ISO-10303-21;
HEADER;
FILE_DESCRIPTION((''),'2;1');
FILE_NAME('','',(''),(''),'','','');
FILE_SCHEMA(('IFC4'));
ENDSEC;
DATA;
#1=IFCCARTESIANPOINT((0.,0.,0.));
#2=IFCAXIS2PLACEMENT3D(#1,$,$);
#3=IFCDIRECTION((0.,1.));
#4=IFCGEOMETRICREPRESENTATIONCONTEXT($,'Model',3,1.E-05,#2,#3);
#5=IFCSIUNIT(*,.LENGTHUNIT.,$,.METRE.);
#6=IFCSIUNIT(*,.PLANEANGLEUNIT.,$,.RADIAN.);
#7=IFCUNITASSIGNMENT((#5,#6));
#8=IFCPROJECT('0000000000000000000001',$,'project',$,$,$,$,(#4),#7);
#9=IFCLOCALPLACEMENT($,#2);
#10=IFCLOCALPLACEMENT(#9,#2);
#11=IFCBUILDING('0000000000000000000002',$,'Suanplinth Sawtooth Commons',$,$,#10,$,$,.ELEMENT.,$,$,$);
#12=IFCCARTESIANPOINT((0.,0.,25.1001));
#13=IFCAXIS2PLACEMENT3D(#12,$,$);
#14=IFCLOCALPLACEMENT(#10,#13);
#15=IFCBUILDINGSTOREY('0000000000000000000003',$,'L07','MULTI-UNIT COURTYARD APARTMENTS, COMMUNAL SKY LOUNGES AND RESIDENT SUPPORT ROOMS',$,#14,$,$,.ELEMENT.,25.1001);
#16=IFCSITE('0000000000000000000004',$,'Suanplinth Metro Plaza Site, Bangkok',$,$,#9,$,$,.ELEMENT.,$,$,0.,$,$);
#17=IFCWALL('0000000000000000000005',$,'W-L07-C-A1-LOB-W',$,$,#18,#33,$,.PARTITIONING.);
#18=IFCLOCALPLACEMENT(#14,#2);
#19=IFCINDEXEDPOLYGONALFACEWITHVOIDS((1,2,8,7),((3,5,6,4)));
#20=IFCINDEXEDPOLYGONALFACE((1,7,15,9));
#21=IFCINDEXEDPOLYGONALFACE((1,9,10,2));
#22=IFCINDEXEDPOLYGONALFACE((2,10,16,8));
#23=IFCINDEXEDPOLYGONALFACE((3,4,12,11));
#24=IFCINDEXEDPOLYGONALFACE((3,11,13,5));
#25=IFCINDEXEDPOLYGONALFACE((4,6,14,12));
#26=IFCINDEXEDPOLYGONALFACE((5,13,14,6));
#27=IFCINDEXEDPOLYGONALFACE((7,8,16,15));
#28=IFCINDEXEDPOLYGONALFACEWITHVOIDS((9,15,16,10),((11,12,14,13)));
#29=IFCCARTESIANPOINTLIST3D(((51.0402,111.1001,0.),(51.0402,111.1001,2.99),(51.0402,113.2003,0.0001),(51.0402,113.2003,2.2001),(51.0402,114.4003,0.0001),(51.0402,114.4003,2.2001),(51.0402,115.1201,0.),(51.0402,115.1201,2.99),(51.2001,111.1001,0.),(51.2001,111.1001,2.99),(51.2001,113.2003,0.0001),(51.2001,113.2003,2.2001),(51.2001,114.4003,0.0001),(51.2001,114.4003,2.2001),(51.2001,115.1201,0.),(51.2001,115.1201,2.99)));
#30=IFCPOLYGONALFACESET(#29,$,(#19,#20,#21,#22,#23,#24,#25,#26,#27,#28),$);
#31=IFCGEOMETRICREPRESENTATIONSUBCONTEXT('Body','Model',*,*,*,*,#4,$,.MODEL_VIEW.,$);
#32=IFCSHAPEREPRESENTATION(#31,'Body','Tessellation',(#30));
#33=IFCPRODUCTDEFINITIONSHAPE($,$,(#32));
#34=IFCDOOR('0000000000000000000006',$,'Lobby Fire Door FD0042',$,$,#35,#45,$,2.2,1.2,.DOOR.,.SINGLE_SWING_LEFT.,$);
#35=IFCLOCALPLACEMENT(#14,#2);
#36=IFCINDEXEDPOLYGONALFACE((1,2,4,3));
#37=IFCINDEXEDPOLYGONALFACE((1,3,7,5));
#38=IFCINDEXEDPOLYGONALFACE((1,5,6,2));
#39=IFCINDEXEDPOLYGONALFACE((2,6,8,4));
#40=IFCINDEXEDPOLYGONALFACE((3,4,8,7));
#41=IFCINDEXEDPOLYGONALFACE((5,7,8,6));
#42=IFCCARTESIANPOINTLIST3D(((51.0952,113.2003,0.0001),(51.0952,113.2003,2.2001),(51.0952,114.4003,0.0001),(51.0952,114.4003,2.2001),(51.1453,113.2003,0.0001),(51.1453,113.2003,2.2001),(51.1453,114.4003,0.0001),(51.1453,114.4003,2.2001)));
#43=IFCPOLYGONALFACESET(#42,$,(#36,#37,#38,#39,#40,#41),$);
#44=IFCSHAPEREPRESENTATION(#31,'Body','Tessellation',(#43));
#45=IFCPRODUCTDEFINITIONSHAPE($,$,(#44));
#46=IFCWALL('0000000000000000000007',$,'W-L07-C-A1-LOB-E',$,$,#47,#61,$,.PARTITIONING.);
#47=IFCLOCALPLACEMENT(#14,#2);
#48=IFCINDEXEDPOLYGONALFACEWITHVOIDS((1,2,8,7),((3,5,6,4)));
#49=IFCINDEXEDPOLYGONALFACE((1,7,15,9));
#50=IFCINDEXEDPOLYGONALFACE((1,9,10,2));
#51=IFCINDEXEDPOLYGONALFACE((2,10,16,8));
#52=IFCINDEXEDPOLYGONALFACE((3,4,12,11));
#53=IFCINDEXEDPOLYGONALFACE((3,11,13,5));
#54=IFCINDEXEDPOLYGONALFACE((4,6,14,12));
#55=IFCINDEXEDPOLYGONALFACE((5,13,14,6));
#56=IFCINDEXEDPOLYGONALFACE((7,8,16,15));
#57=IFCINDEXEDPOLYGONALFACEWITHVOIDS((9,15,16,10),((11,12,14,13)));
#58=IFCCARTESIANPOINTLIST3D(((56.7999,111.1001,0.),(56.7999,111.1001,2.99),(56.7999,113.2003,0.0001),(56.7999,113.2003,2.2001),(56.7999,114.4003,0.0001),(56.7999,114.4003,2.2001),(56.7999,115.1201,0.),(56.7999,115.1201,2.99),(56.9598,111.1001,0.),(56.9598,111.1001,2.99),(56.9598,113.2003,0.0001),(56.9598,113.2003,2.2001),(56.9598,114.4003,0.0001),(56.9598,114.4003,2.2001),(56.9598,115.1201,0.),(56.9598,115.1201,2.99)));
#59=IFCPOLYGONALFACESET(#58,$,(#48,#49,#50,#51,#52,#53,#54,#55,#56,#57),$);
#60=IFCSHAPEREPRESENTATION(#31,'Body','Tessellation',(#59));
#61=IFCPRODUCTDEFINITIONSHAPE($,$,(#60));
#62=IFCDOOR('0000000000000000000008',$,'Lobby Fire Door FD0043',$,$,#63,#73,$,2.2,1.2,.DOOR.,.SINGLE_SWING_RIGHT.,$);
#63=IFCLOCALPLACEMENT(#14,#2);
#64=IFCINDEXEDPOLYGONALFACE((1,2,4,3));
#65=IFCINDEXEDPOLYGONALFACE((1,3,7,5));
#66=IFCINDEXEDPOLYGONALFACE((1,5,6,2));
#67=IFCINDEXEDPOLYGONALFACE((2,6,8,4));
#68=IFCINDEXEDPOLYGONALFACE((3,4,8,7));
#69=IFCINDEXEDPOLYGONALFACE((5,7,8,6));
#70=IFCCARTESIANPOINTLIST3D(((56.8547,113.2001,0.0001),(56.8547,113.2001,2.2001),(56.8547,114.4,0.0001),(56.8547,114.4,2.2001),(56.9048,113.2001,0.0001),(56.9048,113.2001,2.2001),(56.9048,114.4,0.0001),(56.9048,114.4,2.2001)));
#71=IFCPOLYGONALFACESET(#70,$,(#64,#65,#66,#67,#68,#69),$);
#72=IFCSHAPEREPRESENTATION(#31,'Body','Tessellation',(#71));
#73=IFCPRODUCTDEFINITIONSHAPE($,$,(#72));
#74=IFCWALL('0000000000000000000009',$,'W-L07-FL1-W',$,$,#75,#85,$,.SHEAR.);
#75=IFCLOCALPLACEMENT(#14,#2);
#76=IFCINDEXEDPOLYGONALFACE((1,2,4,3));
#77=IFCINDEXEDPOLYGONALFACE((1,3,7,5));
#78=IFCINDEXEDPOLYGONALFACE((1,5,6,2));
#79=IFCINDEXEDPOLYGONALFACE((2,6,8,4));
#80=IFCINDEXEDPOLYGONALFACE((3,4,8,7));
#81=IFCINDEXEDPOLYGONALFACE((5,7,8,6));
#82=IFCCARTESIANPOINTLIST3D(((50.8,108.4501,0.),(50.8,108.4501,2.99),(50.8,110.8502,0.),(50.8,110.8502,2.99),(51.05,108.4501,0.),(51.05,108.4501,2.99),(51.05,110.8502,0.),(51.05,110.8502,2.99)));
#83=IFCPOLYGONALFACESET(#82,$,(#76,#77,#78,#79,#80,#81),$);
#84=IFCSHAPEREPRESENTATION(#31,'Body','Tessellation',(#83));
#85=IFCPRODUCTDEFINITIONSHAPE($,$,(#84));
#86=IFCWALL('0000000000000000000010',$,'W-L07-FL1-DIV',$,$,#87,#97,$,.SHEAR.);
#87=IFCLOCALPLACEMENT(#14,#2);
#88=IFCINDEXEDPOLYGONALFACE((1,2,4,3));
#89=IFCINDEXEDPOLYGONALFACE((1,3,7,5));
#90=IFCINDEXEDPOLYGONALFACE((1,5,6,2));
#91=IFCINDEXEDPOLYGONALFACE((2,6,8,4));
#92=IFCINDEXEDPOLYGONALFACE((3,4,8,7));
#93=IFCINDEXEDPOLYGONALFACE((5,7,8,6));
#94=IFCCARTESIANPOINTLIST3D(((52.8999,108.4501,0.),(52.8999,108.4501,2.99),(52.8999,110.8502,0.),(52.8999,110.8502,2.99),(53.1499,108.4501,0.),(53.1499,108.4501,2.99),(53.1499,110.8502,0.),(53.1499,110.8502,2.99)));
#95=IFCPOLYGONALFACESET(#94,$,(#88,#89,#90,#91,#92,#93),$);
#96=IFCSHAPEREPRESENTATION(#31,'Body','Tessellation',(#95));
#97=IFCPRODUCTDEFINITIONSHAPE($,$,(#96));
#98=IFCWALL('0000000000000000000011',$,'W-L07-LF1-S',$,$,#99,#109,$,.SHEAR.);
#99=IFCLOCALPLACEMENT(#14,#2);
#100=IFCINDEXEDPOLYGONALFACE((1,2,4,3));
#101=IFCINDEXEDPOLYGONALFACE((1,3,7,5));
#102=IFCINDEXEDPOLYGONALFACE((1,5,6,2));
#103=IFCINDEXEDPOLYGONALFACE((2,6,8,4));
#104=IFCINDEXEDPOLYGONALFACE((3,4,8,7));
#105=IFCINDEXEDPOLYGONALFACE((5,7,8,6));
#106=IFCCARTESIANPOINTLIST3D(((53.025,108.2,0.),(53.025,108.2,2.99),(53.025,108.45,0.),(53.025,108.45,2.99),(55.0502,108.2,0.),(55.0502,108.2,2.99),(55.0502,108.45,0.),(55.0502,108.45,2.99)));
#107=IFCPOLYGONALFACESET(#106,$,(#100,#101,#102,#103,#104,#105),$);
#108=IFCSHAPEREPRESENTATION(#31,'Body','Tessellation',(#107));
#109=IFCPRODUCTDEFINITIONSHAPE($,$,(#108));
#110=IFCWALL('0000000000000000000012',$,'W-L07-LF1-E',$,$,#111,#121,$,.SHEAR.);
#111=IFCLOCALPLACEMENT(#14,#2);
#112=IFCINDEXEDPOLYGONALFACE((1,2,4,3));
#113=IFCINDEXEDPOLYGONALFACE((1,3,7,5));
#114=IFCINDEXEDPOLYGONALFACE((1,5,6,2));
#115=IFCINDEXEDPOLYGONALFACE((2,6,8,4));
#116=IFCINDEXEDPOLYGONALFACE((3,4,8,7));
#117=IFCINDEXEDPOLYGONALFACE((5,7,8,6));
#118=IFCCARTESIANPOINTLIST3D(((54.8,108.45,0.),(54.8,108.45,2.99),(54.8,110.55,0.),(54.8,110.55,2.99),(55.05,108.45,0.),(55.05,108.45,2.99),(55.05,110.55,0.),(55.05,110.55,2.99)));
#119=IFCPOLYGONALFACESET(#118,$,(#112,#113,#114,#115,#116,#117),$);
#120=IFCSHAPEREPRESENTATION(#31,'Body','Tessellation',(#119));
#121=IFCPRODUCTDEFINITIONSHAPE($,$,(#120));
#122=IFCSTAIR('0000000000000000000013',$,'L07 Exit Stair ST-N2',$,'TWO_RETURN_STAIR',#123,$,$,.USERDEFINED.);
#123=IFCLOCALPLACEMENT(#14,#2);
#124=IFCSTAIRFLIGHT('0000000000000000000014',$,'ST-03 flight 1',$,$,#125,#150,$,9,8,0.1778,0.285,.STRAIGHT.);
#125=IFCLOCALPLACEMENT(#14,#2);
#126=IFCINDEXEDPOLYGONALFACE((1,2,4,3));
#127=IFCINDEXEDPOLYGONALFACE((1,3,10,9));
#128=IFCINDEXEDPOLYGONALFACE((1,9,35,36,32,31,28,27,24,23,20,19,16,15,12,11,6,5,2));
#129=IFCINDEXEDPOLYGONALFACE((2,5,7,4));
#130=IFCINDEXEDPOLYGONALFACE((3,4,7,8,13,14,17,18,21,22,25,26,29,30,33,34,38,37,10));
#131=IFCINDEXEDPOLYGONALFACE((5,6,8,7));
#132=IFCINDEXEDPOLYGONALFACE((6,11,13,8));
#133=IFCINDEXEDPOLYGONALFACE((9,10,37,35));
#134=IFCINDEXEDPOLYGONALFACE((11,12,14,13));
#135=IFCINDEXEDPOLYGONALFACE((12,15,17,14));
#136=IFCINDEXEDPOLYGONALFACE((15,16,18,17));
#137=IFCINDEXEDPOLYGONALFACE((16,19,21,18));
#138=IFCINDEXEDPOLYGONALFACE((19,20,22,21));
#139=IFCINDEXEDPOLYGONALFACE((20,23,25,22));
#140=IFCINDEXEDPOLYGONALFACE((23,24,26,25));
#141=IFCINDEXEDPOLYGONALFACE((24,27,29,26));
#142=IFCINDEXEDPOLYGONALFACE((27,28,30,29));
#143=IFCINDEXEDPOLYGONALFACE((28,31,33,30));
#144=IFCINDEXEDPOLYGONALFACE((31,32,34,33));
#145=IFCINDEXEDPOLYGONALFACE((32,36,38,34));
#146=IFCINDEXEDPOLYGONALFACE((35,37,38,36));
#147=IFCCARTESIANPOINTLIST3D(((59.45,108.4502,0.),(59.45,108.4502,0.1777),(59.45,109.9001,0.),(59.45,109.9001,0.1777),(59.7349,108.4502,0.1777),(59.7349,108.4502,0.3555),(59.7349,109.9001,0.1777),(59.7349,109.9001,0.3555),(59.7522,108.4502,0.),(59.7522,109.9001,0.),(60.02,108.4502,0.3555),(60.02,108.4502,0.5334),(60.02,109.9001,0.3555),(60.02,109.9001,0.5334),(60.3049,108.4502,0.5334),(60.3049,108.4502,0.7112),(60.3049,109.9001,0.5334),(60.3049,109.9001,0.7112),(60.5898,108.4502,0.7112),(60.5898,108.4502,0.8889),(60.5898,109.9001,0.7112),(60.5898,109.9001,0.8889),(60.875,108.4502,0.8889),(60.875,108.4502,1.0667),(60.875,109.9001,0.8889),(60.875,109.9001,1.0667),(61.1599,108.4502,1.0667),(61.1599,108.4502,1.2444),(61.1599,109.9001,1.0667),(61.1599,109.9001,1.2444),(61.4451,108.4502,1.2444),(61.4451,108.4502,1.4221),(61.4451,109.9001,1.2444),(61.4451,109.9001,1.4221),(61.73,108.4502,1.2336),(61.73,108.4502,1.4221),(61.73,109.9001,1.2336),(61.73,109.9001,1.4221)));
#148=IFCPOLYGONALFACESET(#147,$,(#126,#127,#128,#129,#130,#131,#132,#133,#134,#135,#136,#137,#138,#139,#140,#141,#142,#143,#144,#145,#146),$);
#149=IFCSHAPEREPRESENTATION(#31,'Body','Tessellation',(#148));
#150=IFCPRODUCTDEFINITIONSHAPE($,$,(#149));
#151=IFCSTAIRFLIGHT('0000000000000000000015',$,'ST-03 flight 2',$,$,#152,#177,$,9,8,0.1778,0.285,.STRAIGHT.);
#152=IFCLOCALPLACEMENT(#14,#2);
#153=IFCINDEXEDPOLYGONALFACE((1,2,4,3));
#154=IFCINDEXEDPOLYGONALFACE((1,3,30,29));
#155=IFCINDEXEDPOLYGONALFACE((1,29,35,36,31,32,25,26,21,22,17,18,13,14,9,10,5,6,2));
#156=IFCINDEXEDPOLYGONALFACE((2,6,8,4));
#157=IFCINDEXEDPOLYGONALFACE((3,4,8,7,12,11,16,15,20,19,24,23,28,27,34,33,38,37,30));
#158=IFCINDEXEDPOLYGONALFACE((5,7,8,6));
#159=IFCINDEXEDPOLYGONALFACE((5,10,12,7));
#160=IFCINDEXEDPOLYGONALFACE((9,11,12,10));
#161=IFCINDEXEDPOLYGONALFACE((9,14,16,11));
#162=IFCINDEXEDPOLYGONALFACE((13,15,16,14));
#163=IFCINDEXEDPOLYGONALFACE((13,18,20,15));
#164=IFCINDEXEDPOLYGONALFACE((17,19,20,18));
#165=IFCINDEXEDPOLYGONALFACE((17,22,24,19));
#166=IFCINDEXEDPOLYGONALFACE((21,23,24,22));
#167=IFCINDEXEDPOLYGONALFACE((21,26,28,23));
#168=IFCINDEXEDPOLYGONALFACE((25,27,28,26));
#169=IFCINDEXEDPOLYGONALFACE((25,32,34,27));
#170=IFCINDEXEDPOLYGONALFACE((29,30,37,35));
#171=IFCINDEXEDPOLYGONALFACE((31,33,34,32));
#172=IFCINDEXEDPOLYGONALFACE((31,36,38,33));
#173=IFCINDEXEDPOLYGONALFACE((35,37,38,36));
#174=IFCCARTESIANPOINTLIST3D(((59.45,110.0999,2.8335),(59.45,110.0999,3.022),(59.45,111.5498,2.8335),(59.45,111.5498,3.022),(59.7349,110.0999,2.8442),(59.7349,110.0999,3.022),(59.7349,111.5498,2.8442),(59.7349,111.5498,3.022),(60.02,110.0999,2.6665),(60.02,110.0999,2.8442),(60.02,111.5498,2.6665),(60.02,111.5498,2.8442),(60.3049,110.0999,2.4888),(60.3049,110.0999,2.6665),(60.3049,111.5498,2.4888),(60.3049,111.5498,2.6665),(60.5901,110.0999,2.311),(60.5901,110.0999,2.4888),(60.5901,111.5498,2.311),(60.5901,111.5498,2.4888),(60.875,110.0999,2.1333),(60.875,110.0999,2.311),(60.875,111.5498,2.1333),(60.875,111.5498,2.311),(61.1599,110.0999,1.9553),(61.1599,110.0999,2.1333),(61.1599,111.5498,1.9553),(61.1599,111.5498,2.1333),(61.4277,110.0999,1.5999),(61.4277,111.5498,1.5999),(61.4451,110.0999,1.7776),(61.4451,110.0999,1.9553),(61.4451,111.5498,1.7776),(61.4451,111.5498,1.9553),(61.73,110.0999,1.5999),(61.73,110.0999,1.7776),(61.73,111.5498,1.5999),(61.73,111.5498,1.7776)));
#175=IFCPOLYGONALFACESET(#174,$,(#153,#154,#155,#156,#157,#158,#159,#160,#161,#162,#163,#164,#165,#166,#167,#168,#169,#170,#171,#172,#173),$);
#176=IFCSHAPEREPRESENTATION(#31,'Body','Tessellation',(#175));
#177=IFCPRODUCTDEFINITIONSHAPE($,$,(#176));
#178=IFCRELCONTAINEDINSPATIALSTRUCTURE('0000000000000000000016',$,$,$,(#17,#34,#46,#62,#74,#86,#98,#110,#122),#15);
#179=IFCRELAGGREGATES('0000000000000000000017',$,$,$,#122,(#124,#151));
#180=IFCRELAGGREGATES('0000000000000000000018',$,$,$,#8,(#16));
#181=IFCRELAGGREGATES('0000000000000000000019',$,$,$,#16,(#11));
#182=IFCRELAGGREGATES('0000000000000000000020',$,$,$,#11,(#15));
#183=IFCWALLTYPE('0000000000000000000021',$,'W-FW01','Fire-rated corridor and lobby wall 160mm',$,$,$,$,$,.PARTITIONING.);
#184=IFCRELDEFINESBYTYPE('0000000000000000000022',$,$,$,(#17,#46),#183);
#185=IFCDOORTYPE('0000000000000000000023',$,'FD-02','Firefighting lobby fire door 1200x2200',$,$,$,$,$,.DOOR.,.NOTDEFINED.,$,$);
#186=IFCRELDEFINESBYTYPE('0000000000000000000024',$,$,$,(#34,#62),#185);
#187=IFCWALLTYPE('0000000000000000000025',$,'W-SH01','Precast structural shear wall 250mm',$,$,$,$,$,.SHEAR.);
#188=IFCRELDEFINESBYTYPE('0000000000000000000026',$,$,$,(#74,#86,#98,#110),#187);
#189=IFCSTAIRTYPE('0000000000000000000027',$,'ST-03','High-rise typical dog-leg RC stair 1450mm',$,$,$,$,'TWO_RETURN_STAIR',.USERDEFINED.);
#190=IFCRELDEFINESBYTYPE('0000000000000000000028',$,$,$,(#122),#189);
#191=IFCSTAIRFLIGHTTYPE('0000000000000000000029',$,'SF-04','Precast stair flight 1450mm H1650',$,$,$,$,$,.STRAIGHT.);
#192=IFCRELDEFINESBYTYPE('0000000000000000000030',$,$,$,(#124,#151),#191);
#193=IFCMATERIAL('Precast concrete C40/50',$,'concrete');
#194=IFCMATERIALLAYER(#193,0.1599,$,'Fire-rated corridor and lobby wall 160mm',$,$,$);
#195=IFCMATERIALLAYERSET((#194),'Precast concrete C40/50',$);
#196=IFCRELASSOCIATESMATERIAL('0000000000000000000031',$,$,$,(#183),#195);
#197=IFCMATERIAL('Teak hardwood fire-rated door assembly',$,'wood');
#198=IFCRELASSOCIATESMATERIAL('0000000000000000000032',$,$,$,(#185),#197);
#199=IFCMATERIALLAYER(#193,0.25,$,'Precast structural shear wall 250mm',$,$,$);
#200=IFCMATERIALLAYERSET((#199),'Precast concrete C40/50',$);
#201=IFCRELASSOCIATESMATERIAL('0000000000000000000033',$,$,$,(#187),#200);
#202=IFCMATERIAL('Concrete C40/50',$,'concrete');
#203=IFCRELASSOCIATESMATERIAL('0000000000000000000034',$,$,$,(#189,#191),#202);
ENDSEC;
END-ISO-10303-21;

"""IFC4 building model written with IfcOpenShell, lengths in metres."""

from ifc_helpers import new_model, si_unit, direction, frame, frame_2d, origin, place, context, subcontext, project, spatial, polyline, rectangle, outline, extrude, material, layer, layer_set, type_object, element, fill, aggregate, save


model = new_model("IFC4")

# Units and contexts
model_context = context("Model", 3, precision=1e-05, world=origin(), true_north=direction((0.0, 1.0)))
body_context = subcontext(model_context, "Body", "Model", "MODEL_VIEW")
ifc_project = project(units=[si_unit("LENGTHUNIT", "METRE"), si_unit("PLANEANGLEUNIT", "RADIAN")], contexts=[model_context])

# Site, building, storey
site_placement = place(None, origin())
site = spatial("IfcSite", under=ifc_project, at=site_placement, Name="Suanplinth Metro Plaza Site, Bangkok", CompositionType="ELEMENT", RefElevation=0.0)
building_placement = place(site_placement, origin())
building = spatial("IfcBuilding", under=site, at=building_placement, Name="Suanplinth Sawtooth Commons", CompositionType="ELEMENT")
storey_placement = place(building_placement, frame((0.0, 0.0, 25.1001)))
storey = spatial("IfcBuildingStorey", under=building, at=storey_placement, Name="L07", Description="MULTI-UNIT COURTYARD APARTMENTS, COMMUNAL SKY LOUNGES AND RESIDENT SUPPORT ROOMS", CompositionType="ELEMENT", Elevation=25.1001)

# Shared definitions
ifc_material_1 = material(Name="Precast concrete C40/50", Category="concrete")

# Shared definitions
ifc_material_2 = material(Name="Concrete C40/50", Category="concrete")

# Shared definitions
ifc_material_3 = material(Name="Teak hardwood fire-rated door assembly", Category="wood")

# Walls, openings, doors
ifc_layer_1 = layer(ifc_material_1, 0.1599, Name="Fire-rated corridor and lobby wall 160mm")
ifc_layer_set_1 = layer_set([ifc_layer_1], Name="Precast concrete C40/50")
wall_type_1 = type_object("IfcWallType", Name="W-FW01", Description="Fire-rated corridor and lobby wall 160mm", PredefinedType="PARTITIONING", material=ifc_layer_set_1)
wall_1_placement = place(storey_placement, frame((51.1201, 111.1001, 0.0), z_axis=(0.0, 0.0, 1.0), x_axis=(0.0, 1.0, 0.0)))
wall_1 = element("IfcWall", 1, at=wall_1_placement, inside=storey, type_object=wall_type_1, Name="W-L07-C-A1-LOB-W", PredefinedType="PARTITIONING", context=body_context, shape_type="SweptSolid", body=[
    extrude(rectangle(XDim=4.02, YDim=0.1599, at=frame_2d((2.01, 0.0))), origin(), (0.0, 0.0, 1.0), 2.99),
])
opening_1_placement = place(wall_1_placement, frame((2.1001, 0.0, 0.0)))
opening_1 = element("IfcOpeningElement", 2, at=opening_1_placement, cuts=wall_1, PredefinedType="OPENING", context=body_context, shape_type="SweptSolid", body=[
    extrude(rectangle(XDim=1.2, YDim=2.2, at=frame_2d((0.6001, 1.1001))), frame((0.0, 0.0947, 0.0), z_axis=(0.0, -1.0, 0.0), x_axis=(1.0, 0.0, 0.0)), (0.0, 0.0, 1.0), 0.1897),
])
door_type_1 = type_object("IfcDoorType", Name="FD-02", Description="Firefighting lobby fire door 1200x2200", OperationType="NOTDEFINED", PredefinedType="DOOR", material=ifc_material_3)
door_1_placement = place(opening_1_placement, origin())
door_1 = element("IfcDoor", 3, at=door_1_placement, inside=storey, type_object=door_type_1, Name="Lobby Fire Door FD0042", OperationType="SINGLE_SWING_LEFT", OverallHeight=2.2, OverallWidth=1.2, PredefinedType="DOOR", context=body_context, shape_type="SweptSolid", body=[
    extrude(rectangle(XDim=1.2, YDim=2.2, at=frame_2d((0.6001, 1.1001))), frame((0.0, 0.0249, 0.0), z_axis=(0.0, -1.0, 0.0), x_axis=(1.0, 0.0, 0.0)), (0.0, 0.0, 1.0), 0.05),
])
fill(opening_1, door_1)
wall_2_placement = place(storey_placement, frame((56.8799, 111.1001, 0.0), z_axis=(0.0, 0.0, 1.0), x_axis=(0.0, 1.0, 0.0)))
wall_2 = element("IfcWall", 4, at=wall_2_placement, inside=storey, type_object=wall_type_1, Name="W-L07-C-A1-LOB-E", PredefinedType="PARTITIONING", context=body_context, shape_type="SweptSolid", body=[
    extrude(rectangle(XDim=4.02, YDim=0.1599, at=frame_2d((2.01, 0.0))), origin(), (0.0, 0.0, 1.0), 2.99),
])
opening_2_placement = place(wall_2_placement, frame((2.1001, 0.0, 0.0)))
opening_2 = element("IfcOpeningElement", 5, at=opening_2_placement, cuts=wall_2, PredefinedType="OPENING", context=body_context, shape_type="SweptSolid", body=[
    extrude(rectangle(XDim=1.2, YDim=2.2, at=frame_2d((0.6001, 1.1001))), frame((0.0, 0.0947, 0.0), z_axis=(0.0, -1.0, 0.0), x_axis=(1.0, 0.0, 0.0)), (0.0, 0.0, 1.0), 0.1897),
])
door_2_placement = place(opening_2_placement, frame((1.2, 0.0, 0.0), z_axis=(0.0, 0.0, 1.0), x_axis=(-1.0, 0.0, 0.0)))
door_2 = element("IfcDoor", 6, at=door_2_placement, inside=storey, type_object=door_type_1, Name="Lobby Fire Door FD0043", OperationType="SINGLE_SWING_RIGHT", OverallHeight=2.2, OverallWidth=1.2, PredefinedType="DOOR", context=body_context, shape_type="SweptSolid", body=[
    extrude(rectangle(XDim=1.2, YDim=2.2, at=frame_2d((0.6001, 1.1001))), frame((0.0, 0.0249, 0.0), z_axis=(0.0, -1.0, 0.0), x_axis=(1.0, 0.0, 0.0)), (0.0, 0.0, 1.0), 0.05),
])
fill(opening_2, door_2)

# Walls
ifc_layer_2 = layer(ifc_material_1, 0.25, Name="Precast structural shear wall 250mm")
ifc_layer_set_2 = layer_set([ifc_layer_2], Name="Precast concrete C40/50")
wall_type_2 = type_object("IfcWallType", Name="W-SH01", Description="Precast structural shear wall 250mm", PredefinedType="SHEAR", material=ifc_layer_set_2)
for number, where, z_axis, x_axis, name in (
    (7, (50.925, 108.45, 0.0), (0.0, 0.0, 1.0), (0.0, 1.0, 0.0), "W-L07-FL1-W"),
    (8, (53.0249, 108.45, 0.0), (0.0, 0.0, 1.0), (0.0, 1.0, 0.0), "W-L07-FL1-DIV"),
):
    element("IfcWall", number, at=place(storey_placement, frame(where, z_axis=z_axis, x_axis=x_axis)), inside=storey, type_object=wall_type_2, Name=name, PredefinedType="SHEAR", context=body_context, shape_type="SweptSolid", body=[
        extrude(rectangle(XDim=2.4001, YDim=0.25, at=frame_2d((1.2002, 0.0))), origin(), (0.0, 0.0, 1.0), 2.99),
    ])
wall_3_placement = place(storey_placement, frame((53.0249, 108.325, 0.0), z_axis=(0.0, 0.0, 1.0), x_axis=(1.0, 0.0, 0.0)))
element("IfcWall", 9, at=wall_3_placement, inside=storey, type_object=wall_type_2, Name="W-L07-LF1-S", PredefinedType="SHEAR", context=body_context, shape_type="SweptSolid", body=[
    extrude(rectangle(XDim=2.0251, YDim=0.25, at=frame_2d((1.0127, 0.0))), origin(), (0.0, 0.0, 1.0), 2.99),
])

# Wall
wall_4_placement = place(storey_placement, frame((54.925, 108.45, 0.0), z_axis=(0.0, 0.0, 1.0), x_axis=(0.0, 1.0, 0.0)))
element("IfcWall", 10, at=wall_4_placement, inside=storey, type_object=wall_type_2, Name="W-L07-LF1-E", PredefinedType="SHEAR", context=body_context, shape_type="SweptSolid", body=[
    extrude(rectangle(XDim=2.1001, YDim=0.25, at=frame_2d((1.05, 0.0))), origin(), (0.0, 0.0, 1.0), 2.99),
])

# Stair, stair flights
stair_type = type_object("IfcStairType", Name="ST-03", Description="High-rise typical dog-leg RC stair 1450mm", ElementType="TWO_RETURN_STAIR", PredefinedType="USERDEFINED", material=ifc_material_2)
stair_placement = place(storey_placement, origin())
stair = element("IfcStair", 11, at=stair_placement, inside=storey, type_object=stair_type, Name="L07 Exit Stair ST-N2", ObjectType="TWO_RETURN_STAIR", PredefinedType="USERDEFINED")
stair_flight_type = type_object("IfcStairFlightType", Name="SF-04", Description="Precast stair flight 1450mm H1650", PredefinedType="STRAIGHT", material=ifc_material_2)
stair_flight_1_placement = place(storey_placement, frame((59.45, 109.175, 0.0), z_axis=(0.0, 0.0, 1.0), x_axis=(1.0, 0.0, 0.0)))
stair_flight_1 = element("IfcStairFlight", 12, at=stair_flight_1_placement, type_object=stair_flight_type, Name="ST-03 flight 1", NumberOfRisers=9, NumberOfTreads=8, PredefinedType="STRAIGHT", RiserHeight=0.1778, TreadLength=0.285, context=body_context, shape_type="SweptSolid", body=[
    extrude(outline(polyline([(0.0, 0.0), (0.0, 0.1777), (0.2849, 0.1777), (0.2849, 0.3555), (0.5701, 0.3555), (0.5701, 0.5334), (0.855, 0.5334), (0.855, 0.7112), (1.1399, 0.7112), (1.1399, 0.8889), (1.425, 0.8889), (1.425, 1.0667), (1.71, 1.0667), (1.71, 1.2444), (1.9951, 1.2444), (1.9951, 1.4221), (2.28, 1.4221), (2.28, 1.6001), (2.28, 1.2336), (0.3022, 0.0), (0.0, 0.0)])), frame((0.0, 0.7251, 0.0), z_axis=(0.0, -1.0, 0.0), x_axis=(1.0, 0.0, 0.0)), (0.0, 0.0, 1.0), 1.45),
])
stair_flight_2_placement = place(storey_placement, frame((61.73, 110.825, 1.5999), z_axis=(0.0, 0.0, 1.0), x_axis=(-1.0, 0.0, 0.0)))
stair_flight_2 = element("IfcStairFlight", 13, at=stair_flight_2_placement, type_object=stair_flight_type, Name="ST-03 flight 2", NumberOfRisers=9, NumberOfTreads=8, PredefinedType="STRAIGHT", RiserHeight=0.1778, TreadLength=0.285, context=body_context, shape_type="SweptSolid", body=[
    extrude(outline(polyline([(0.0, 0.0), (0.0, 0.1777), (0.2849, 0.1777), (0.2849, 0.3555), (0.5701, 0.3555), (0.5701, 0.5334), (0.855, 0.5334), (0.855, 0.7112), (1.1399, 0.7112), (1.1399, 0.8889), (1.425, 0.8889), (1.425, 1.0667), (1.71, 1.0667), (1.71, 1.2444), (1.9951, 1.2444), (1.9951, 1.4221), (2.28, 1.4221), (2.28, 1.6001), (2.28, 1.2336), (0.3022, 0.0), (0.0, 0.0)])), frame((0.0, 0.7251, 0.0), z_axis=(0.0, -1.0, 0.0), x_axis=(1.0, 0.0, 0.0)), (0.0, 0.0, 1.0), 1.45),
])
aggregate(stair, [stair_flight_1, stair_flight_2])

save(model, "model.ifc")
